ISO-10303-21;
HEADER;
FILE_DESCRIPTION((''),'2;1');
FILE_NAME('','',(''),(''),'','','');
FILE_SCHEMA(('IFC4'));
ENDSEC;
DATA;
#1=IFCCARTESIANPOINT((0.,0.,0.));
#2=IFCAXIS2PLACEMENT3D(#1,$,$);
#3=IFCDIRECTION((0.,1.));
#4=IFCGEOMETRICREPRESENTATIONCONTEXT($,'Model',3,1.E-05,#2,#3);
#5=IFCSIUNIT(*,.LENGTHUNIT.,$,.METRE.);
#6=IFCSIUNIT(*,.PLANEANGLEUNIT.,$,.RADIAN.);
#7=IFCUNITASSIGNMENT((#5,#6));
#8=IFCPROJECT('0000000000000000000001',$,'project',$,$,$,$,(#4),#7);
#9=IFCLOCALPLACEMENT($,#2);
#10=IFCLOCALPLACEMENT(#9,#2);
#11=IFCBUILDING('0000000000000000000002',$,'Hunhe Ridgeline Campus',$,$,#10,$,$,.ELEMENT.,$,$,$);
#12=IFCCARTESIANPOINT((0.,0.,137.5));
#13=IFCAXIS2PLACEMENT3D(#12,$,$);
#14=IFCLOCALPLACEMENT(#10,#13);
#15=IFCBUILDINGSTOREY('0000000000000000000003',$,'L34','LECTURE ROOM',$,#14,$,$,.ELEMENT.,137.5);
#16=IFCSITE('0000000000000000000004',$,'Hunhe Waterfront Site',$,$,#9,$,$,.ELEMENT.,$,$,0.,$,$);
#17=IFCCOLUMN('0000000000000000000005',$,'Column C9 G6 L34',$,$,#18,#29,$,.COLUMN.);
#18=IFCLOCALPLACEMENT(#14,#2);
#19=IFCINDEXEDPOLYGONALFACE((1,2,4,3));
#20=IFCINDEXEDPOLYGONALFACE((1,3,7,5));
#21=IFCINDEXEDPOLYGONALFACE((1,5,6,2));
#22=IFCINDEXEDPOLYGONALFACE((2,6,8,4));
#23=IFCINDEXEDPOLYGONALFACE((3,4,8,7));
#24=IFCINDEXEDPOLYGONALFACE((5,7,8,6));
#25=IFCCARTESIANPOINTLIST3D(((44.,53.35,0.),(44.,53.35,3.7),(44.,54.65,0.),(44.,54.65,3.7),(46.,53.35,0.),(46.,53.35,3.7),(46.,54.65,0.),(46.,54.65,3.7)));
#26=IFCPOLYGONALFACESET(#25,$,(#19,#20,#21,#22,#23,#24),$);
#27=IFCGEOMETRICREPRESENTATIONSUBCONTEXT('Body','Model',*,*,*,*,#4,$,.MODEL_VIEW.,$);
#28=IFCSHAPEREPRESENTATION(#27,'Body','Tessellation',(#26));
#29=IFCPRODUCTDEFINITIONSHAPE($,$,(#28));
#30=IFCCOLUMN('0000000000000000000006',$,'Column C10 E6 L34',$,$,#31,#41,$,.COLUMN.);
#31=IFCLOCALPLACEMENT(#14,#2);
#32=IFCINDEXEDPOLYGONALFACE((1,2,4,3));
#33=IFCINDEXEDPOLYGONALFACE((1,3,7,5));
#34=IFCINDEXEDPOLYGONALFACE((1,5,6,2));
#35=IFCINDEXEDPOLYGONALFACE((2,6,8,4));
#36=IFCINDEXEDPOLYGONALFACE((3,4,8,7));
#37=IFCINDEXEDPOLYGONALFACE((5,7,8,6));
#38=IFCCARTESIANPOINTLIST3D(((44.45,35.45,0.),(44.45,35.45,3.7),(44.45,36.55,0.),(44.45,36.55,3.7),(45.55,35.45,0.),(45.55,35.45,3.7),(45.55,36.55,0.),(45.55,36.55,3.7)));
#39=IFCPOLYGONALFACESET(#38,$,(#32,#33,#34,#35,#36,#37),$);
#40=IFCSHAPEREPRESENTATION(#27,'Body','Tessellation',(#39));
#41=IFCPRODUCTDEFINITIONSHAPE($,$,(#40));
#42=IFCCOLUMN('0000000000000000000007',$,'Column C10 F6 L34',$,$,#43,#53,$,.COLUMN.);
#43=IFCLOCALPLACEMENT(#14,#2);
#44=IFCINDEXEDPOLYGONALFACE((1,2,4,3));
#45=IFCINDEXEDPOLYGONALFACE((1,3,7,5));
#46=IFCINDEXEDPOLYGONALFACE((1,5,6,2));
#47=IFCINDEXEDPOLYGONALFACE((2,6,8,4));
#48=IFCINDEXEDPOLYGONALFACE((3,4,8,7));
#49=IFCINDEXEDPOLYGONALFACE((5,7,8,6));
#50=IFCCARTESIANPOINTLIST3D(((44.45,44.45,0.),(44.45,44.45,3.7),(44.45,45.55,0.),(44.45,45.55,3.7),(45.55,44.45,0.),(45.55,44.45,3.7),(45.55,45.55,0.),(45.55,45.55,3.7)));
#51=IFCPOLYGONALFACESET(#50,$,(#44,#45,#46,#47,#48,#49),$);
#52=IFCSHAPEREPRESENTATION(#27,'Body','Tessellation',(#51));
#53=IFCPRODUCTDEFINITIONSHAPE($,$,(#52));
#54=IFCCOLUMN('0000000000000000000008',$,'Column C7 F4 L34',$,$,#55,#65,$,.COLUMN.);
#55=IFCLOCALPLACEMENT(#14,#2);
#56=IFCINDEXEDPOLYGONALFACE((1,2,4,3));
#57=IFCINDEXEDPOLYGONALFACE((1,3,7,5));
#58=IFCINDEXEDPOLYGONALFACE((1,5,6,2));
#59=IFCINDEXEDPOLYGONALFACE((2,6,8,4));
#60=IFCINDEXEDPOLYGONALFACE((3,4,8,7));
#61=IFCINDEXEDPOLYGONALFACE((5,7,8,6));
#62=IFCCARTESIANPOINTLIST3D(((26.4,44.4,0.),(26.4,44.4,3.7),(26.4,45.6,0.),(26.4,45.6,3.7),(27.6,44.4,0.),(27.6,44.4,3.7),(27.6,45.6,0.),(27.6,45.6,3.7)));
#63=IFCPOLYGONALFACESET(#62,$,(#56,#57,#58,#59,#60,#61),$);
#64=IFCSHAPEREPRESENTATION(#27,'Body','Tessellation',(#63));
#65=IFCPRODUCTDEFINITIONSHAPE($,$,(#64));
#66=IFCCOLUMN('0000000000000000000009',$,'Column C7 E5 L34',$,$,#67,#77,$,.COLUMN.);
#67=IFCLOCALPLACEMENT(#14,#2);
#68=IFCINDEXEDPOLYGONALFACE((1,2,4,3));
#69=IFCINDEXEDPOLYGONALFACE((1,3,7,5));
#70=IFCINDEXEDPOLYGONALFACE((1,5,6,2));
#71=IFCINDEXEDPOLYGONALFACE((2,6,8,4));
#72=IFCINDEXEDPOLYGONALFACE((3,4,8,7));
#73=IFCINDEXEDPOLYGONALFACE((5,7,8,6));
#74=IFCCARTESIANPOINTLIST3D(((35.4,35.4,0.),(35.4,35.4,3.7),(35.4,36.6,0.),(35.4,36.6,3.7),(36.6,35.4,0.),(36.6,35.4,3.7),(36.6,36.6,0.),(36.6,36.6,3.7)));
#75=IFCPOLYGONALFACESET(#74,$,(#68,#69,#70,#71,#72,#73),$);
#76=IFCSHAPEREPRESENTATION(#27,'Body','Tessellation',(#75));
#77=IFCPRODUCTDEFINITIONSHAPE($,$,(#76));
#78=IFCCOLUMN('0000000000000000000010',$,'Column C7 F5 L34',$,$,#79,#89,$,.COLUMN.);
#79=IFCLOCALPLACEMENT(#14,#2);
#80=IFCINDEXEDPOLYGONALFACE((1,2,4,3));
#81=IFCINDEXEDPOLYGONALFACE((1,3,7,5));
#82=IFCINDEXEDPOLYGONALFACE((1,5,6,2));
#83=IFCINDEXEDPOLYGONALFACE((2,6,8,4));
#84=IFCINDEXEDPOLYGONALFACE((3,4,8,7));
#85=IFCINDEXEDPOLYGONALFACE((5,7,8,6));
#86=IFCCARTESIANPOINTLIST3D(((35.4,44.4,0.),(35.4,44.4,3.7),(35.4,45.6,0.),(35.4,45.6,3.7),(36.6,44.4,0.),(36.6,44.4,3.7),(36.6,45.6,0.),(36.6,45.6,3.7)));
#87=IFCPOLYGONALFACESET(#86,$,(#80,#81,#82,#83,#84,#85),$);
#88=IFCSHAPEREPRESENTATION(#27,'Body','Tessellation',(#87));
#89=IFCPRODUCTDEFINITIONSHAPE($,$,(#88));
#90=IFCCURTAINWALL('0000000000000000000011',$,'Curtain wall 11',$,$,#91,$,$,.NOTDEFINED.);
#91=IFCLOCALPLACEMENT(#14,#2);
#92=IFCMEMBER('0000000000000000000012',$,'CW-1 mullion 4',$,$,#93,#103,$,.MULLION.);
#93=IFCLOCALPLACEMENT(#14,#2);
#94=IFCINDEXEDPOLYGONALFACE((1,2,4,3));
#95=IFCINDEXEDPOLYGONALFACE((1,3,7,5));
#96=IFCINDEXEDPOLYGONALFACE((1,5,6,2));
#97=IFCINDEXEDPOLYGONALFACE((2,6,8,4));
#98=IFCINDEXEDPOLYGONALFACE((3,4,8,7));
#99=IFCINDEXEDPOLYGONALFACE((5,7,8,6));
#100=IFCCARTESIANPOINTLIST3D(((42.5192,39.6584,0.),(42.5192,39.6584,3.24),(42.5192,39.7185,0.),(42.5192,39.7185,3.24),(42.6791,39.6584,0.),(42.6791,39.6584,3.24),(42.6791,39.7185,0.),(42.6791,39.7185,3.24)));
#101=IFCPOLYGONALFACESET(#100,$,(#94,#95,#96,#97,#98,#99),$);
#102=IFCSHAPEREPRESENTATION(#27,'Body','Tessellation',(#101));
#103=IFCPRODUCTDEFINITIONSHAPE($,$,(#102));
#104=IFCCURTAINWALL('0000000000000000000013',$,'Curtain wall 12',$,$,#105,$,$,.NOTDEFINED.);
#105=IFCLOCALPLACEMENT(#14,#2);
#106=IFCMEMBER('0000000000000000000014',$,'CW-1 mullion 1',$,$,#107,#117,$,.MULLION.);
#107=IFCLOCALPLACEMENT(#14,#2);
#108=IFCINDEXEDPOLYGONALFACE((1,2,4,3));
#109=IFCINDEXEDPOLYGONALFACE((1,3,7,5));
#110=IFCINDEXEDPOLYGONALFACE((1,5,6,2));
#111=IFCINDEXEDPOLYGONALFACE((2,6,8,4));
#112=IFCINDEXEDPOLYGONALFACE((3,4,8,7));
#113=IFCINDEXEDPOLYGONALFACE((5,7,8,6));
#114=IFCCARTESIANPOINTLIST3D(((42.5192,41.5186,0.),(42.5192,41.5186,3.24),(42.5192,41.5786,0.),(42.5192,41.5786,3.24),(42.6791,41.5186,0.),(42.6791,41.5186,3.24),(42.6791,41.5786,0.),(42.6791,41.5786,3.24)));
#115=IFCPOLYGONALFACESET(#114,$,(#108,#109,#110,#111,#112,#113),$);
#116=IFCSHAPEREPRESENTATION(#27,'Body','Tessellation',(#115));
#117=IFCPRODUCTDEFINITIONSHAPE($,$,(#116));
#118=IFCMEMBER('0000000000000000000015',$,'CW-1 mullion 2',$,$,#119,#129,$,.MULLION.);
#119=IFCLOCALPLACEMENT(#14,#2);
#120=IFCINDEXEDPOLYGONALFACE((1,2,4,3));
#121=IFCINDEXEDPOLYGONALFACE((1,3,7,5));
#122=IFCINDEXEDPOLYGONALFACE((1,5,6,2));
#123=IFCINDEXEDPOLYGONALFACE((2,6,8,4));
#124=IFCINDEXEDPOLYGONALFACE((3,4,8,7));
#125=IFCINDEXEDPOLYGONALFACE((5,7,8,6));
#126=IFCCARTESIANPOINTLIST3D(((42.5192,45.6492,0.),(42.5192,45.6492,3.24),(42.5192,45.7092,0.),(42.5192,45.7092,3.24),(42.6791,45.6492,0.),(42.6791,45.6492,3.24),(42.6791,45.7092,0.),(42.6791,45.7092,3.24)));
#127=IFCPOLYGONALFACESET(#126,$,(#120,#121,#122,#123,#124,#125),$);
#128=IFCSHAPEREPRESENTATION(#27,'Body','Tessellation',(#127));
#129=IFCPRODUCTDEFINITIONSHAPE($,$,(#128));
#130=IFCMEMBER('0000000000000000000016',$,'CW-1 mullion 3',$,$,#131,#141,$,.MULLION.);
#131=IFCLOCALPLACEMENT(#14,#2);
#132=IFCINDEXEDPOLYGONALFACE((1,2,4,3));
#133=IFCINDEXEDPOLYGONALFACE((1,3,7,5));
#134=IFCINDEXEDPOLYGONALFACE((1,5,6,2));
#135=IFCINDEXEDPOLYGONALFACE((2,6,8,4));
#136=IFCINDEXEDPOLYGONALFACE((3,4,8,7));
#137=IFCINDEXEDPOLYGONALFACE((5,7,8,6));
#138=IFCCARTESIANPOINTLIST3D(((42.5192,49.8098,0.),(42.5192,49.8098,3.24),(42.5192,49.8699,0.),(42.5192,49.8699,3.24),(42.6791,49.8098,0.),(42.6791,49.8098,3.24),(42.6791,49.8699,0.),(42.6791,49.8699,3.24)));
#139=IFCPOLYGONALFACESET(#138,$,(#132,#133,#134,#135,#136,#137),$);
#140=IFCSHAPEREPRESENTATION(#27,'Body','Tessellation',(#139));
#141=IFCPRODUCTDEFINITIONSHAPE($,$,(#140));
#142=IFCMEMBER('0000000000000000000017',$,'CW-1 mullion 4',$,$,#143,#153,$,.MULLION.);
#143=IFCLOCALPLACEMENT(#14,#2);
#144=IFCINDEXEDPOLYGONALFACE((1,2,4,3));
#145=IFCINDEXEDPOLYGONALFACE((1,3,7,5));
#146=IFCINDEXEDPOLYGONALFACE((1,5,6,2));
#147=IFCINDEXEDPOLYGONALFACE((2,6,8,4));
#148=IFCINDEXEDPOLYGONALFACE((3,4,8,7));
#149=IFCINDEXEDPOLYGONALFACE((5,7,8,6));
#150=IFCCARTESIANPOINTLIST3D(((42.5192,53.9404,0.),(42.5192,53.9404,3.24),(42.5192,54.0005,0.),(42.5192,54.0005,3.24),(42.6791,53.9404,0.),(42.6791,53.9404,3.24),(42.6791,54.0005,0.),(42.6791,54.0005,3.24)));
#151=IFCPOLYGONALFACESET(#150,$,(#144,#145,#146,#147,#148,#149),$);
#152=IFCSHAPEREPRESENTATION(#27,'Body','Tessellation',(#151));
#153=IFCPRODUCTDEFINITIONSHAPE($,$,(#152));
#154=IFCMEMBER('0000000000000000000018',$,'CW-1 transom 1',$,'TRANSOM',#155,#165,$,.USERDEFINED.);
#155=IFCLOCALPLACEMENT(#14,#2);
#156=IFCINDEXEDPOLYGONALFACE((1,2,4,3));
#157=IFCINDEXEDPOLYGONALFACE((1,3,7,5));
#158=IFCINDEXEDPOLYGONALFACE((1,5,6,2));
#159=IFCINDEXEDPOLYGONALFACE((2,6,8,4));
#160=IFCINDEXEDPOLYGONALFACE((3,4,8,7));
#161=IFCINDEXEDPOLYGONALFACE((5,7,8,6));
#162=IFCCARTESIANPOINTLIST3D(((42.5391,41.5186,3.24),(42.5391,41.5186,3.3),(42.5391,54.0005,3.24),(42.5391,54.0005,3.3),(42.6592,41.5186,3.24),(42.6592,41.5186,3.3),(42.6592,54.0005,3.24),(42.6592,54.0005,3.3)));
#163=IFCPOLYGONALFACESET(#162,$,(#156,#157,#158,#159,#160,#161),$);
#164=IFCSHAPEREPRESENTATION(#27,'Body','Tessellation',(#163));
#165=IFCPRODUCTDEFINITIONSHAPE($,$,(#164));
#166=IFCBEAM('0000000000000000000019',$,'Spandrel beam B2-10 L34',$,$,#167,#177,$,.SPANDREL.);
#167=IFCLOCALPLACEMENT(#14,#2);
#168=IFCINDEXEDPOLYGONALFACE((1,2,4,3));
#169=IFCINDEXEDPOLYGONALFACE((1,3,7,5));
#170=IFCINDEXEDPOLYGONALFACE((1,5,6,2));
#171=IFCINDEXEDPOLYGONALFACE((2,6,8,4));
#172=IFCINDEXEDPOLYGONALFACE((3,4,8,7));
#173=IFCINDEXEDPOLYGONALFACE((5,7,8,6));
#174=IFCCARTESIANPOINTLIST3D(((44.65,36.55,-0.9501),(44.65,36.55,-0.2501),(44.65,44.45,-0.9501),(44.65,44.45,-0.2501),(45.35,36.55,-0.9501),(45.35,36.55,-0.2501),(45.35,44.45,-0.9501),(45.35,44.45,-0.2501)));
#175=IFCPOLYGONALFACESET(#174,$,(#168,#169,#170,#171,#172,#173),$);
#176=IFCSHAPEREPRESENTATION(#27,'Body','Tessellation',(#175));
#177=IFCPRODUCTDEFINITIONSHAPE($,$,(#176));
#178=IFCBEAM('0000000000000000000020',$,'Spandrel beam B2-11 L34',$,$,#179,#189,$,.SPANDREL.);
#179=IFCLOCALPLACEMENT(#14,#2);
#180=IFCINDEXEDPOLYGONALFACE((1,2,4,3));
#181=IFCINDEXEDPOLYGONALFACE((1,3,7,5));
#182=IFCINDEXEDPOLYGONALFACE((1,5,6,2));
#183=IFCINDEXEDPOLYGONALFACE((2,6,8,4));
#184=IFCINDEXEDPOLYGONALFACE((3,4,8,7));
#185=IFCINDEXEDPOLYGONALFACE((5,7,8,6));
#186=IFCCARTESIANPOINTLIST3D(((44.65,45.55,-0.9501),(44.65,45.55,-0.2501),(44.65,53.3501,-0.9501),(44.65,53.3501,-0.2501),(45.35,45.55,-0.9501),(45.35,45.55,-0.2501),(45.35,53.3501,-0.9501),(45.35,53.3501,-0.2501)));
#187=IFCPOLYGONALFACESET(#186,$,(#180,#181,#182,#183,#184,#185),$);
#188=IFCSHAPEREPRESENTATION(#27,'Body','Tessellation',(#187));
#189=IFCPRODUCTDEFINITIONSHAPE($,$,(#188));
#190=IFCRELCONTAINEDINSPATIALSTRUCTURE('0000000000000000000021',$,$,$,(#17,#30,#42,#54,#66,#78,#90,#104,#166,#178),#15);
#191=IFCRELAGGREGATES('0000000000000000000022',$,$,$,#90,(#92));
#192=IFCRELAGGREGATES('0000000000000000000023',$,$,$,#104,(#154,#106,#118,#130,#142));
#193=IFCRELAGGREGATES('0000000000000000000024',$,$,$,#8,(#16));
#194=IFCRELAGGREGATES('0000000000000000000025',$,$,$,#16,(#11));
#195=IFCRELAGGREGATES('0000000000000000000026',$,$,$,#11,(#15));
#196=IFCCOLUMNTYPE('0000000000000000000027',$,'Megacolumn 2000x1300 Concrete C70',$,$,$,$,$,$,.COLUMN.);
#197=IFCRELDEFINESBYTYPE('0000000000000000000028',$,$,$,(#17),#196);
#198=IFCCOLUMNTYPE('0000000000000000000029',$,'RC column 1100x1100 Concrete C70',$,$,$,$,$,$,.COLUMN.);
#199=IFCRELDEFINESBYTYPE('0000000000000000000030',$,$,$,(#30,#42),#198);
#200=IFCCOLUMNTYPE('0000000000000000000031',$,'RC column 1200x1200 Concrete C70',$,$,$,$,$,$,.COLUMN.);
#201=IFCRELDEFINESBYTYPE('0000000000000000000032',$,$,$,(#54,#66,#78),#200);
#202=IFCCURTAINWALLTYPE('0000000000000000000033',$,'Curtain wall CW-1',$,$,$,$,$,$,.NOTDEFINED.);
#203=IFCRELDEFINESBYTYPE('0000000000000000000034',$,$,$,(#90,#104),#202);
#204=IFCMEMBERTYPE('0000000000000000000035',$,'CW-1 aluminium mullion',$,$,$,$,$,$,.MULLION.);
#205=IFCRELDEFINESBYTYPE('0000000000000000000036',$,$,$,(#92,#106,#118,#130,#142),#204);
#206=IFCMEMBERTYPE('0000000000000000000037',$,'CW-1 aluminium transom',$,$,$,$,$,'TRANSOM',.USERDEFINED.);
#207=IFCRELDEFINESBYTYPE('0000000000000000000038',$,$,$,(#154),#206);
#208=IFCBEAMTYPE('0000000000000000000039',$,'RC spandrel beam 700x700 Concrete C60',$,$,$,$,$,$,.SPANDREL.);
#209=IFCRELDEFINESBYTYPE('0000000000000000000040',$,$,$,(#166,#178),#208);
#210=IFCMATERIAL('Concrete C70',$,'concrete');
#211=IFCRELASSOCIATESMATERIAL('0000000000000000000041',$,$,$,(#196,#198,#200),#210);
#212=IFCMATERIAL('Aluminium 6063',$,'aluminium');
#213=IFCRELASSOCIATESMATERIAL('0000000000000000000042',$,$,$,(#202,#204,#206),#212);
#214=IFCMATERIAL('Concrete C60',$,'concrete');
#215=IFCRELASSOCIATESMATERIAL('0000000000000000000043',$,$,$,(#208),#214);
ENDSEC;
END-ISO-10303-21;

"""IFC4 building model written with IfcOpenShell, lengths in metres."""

from ifc_helpers import new_model, si_unit, direction, frame, origin, origin_2d, place, context, subcontext, project, spatial, rectangle, extrude, material, material_profile, profile_set, type_object, element, aggregate, save


model = new_model("IFC4")

# Units and contexts
model_context = context("Model", 3, precision=1e-05, world=origin(), true_north=direction((0.0, 1.0)))
body_context = subcontext(model_context, "Body", "Model", "MODEL_VIEW")
ifc_project = project(units=[si_unit("LENGTHUNIT", "METRE"), si_unit("PLANEANGLEUNIT", "RADIAN")], contexts=[model_context])

# Site, building, storey
site_placement = place(None, origin())
site = spatial("IfcSite", under=ifc_project, at=site_placement, Name="Hunhe Waterfront Site", CompositionType="ELEMENT", RefElevation=0.0)
building_placement = place(site_placement, origin())
building = spatial("IfcBuilding", under=site, at=building_placement, Name="Hunhe Ridgeline Campus", CompositionType="ELEMENT")
storey_placement = place(building_placement, frame((0.0, 0.0, 137.5)))
storey = spatial("IfcBuildingStorey", under=building, at=storey_placement, Name="L34", Description="LECTURE ROOM", CompositionType="ELEMENT", Elevation=137.5)

# Columns
ifc_material_1 = material(Name="Concrete C70", Category="concrete")
ifc_material_profile_1 = material_profile(ifc_material_1, rectangle(XDim=2.0, YDim=1.3, at=origin_2d()))
ifc_profile_set_1 = profile_set([ifc_material_profile_1], Name="Concrete C70")
column_type_1 = type_object("IfcColumnType", Name="Megacolumn 2000x1300 Concrete C70", PredefinedType="COLUMN", material=ifc_profile_set_1)
column_placement = place(storey_placement, frame((45.0, 54.0, 0.0), z_axis=(0.0, 0.0, 1.0), x_axis=(1.0, 0.0, 0.0)))
element("IfcColumn", 1, at=column_placement, inside=storey, type_object=column_type_1, Name="Column C9 G6 L34", PredefinedType="COLUMN", context=body_context, shape_type="SweptSolid", body=[
    extrude(rectangle(XDim=2.0, YDim=1.3, at=origin_2d()), origin(), (0.0, 0.0, 1.0), 3.7),
])
ifc_material_profile_2 = material_profile(ifc_material_1, rectangle(XDim=1.1001, YDim=1.1001, at=origin_2d()))
ifc_profile_set_2 = profile_set([ifc_material_profile_2], Name="Concrete C70")
column_type_2 = type_object("IfcColumnType", Name="RC column 1100x1100 Concrete C70", PredefinedType="COLUMN", material=ifc_profile_set_2)
for number, where, z_axis, x_axis, name in (
    (2, (45.0, 36.0, 0.0), (0.0, 0.0, 1.0), (1.0, 0.0, 0.0), "Column C10 E6 L34"),
    (3, (45.0, 45.0, 0.0), (0.0, 0.0, 1.0), (1.0, 0.0, 0.0), "Column C10 F6 L34"),
):
    element("IfcColumn", number, at=place(storey_placement, frame(where, z_axis=z_axis, x_axis=x_axis)), inside=storey, type_object=column_type_2, Name=name, PredefinedType="COLUMN", context=body_context, shape_type="SweptSolid", body=[
        extrude(rectangle(XDim=1.1001, YDim=1.1001, at=origin_2d()), origin(), (0.0, 0.0, 1.0), 3.7),
    ])
ifc_material_profile_3 = material_profile(ifc_material_1, rectangle(XDim=1.2, YDim=1.2, at=origin_2d()))
ifc_profile_set_3 = profile_set([ifc_material_profile_3], Name="Concrete C70")
column_type_3 = type_object("IfcColumnType", Name="RC column 1200x1200 Concrete C70", PredefinedType="COLUMN", material=ifc_profile_set_3)
for number, where, z_axis, x_axis, name in (
    (4, (27.0, 45.0, 0.0), (0.0, 0.0, 1.0), (1.0, 0.0, 0.0), "Column C7 F4 L34"),
    (5, (36.0, 36.0, 0.0), (0.0, 0.0, 1.0), (1.0, 0.0, 0.0), "Column C7 E5 L34"),
    (6, (36.0, 45.0, 0.0), (0.0, 0.0, 1.0), (1.0, 0.0, 0.0), "Column C7 F5 L34"),
):
    element("IfcColumn", number, at=place(storey_placement, frame(where, z_axis=z_axis, x_axis=x_axis)), inside=storey, type_object=column_type_3, Name=name, PredefinedType="COLUMN", context=body_context, shape_type="SweptSolid", body=[
        extrude(rectangle(XDim=1.2, YDim=1.2, at=origin_2d()), origin(), (0.0, 0.0, 1.0), 3.7),
    ])

# Curtain wall, member
ifc_material_2 = material(Name="Aluminium 6063", Category="aluminium")
curtain_wall_type = type_object("IfcCurtainWallType", Name="Curtain wall CW-1", PredefinedType="NOTDEFINED", material=ifc_material_2)
curtain_wall_1_placement = place(storey_placement, origin())
curtain_wall_1 = element("IfcCurtainWall", 7, at=curtain_wall_1_placement, inside=storey, type_object=curtain_wall_type, Name="Curtain wall 11", PredefinedType="NOTDEFINED")
ifc_material_profile_4 = material_profile(ifc_material_2, rectangle(XDim=0.1599, YDim=0.0601, at=origin_2d()))
ifc_profile_set_4 = profile_set([ifc_material_profile_4], Name="Aluminium 6063")
member_type_1 = type_object("IfcMemberType", Name="CW-1 aluminium mullion", PredefinedType="MULLION", material=ifc_profile_set_4)
member_1_placement = place(storey_placement, frame((42.5991, 39.6885, 0.0), z_axis=(0.0, 0.0, 1.0), x_axis=(-1.0, 0.000004, 0.0)))
member_1 = element("IfcMember", 8, at=member_1_placement, type_object=member_type_1, Name="CW-1 mullion 4", PredefinedType="MULLION", context=body_context, shape_type="SweptSolid", body=[
    extrude(rectangle(XDim=0.1599, YDim=0.0601, at=origin_2d()), origin(), (0.0, 0.0, 1.0), 3.24),
])

# Curtain wall, members
curtain_wall_2_placement = place(storey_placement, origin())
curtain_wall_2 = element("IfcCurtainWall", 9, at=curtain_wall_2_placement, inside=storey, type_object=curtain_wall_type, Name="Curtain wall 12", PredefinedType="NOTDEFINED")
member_2_placement = place(storey_placement, frame((42.5991, 41.5486, 0.0), z_axis=(0.0, 0.0, 1.0), x_axis=(-1.0, 0.000004, 0.0)))
member_2 = element("IfcMember", 10, at=member_2_placement, type_object=member_type_1, Name="CW-1 mullion 1", PredefinedType="MULLION", context=body_context, shape_type="SweptSolid", body=[
    extrude(rectangle(XDim=0.1599, YDim=0.0601, at=origin_2d()), origin(), (0.0, 0.0, 1.0), 3.24),
])
member_3_placement = place(storey_placement, frame((42.5991, 45.6792, 0.0), z_axis=(0.0, 0.0, 1.0), x_axis=(-1.0, 0.000004, 0.0)))
member_3 = element("IfcMember", 11, at=member_3_placement, type_object=member_type_1, Name="CW-1 mullion 2", PredefinedType="MULLION", context=body_context, shape_type="SweptSolid", body=[
    extrude(rectangle(XDim=0.1599, YDim=0.0601, at=origin_2d()), origin(), (0.0, 0.0, 1.0), 3.24),
])
member_4_placement = place(storey_placement, frame((42.5991, 49.8398, 0.0), z_axis=(0.0, 0.0, 1.0), x_axis=(-1.0, 0.000004, 0.0)))
member_4 = element("IfcMember", 12, at=member_4_placement, type_object=member_type_1, Name="CW-1 mullion 3", PredefinedType="MULLION", context=body_context, shape_type="SweptSolid", body=[
    extrude(rectangle(XDim=0.1599, YDim=0.0601, at=origin_2d()), origin(), (0.0, 0.0, 1.0), 3.24),
])
member_5_placement = place(storey_placement, frame((42.5991, 53.9705, 0.0), z_axis=(0.0, 0.0, 1.0), x_axis=(-1.0, 0.000004, 0.0)))
member_5 = element("IfcMember", 13, at=member_5_placement, type_object=member_type_1, Name="CW-1 mullion 4", PredefinedType="MULLION", context=body_context, shape_type="SweptSolid", body=[
    extrude(rectangle(XDim=0.1599, YDim=0.0601, at=origin_2d()), origin(), (0.0, 0.0, 1.0), 3.24),
])
ifc_material_profile_5 = material_profile(ifc_material_2, rectangle(XDim=0.1201, YDim=0.0601, at=origin_2d()))
ifc_profile_set_5 = profile_set([ifc_material_profile_5], Name="Aluminium 6063")
member_type_2 = type_object("IfcMemberType", Name="CW-1 aluminium transom", ElementType="TRANSOM", PredefinedType="USERDEFINED", material=ifc_profile_set_5)
member_6_placement = place(storey_placement, frame((42.5991, 41.5186, 3.27), z_axis=(0.0, 1.0, 0.0), x_axis=(-1.0, 0.0, 0.0)))
member_6 = element("IfcMember", 14, at=member_6_placement, type_object=member_type_2, Name="CW-1 transom 1", ObjectType="TRANSOM", PredefinedType="USERDEFINED", context=body_context, shape_type="SweptSolid", body=[
    extrude(rectangle(XDim=0.1201, YDim=0.0601, at=origin_2d()), origin(), (0.0, 0.0, 1.0), 12.4819),
])

# Beams
ifc_material_3 = material(Name="Concrete C60", Category="concrete")
ifc_material_profile_6 = material_profile(ifc_material_3, rectangle(XDim=0.7, YDim=0.7, at=origin_2d()))
ifc_profile_set_6 = profile_set([ifc_material_profile_6], Name="Concrete C60")
beam_type = type_object("IfcBeamType", Name="RC spandrel beam 700x700 Concrete C60", PredefinedType="SPANDREL", material=ifc_profile_set_6)
beam_1_placement = place(storey_placement, frame((45.0, 36.55, -0.6001), z_axis=(0.0, 1.0, 0.0), x_axis=(-1.0, 0.0, 0.0)))
element("IfcBeam", 15, at=beam_1_placement, inside=storey, type_object=beam_type, Name="Spandrel beam B2-10 L34", PredefinedType="SPANDREL", context=body_context, shape_type="SweptSolid", body=[
    extrude(rectangle(XDim=0.7, YDim=0.7, at=origin_2d()), origin(), (0.0, 0.0, 1.0), 7.8999),
])
beam_2_placement = place(storey_placement, frame((45.0, 45.55, -0.6001), z_axis=(0.0, 1.0, 0.0), x_axis=(-1.0, 0.0, 0.0)))
element("IfcBeam", 16, at=beam_2_placement, inside=storey, type_object=beam_type, Name="Spandrel beam B2-11 L34", PredefinedType="SPANDREL", context=body_context, shape_type="SweptSolid", body=[
    extrude(rectangle(XDim=0.7, YDim=0.7, at=origin_2d()), origin(), (0.0, 0.0, 1.0), 7.8),
])

aggregate(curtain_wall_1, [member_1])
aggregate(curtain_wall_2, [member_6, member_2, member_3, member_4, member_5])

save(model, "model.ifc")
